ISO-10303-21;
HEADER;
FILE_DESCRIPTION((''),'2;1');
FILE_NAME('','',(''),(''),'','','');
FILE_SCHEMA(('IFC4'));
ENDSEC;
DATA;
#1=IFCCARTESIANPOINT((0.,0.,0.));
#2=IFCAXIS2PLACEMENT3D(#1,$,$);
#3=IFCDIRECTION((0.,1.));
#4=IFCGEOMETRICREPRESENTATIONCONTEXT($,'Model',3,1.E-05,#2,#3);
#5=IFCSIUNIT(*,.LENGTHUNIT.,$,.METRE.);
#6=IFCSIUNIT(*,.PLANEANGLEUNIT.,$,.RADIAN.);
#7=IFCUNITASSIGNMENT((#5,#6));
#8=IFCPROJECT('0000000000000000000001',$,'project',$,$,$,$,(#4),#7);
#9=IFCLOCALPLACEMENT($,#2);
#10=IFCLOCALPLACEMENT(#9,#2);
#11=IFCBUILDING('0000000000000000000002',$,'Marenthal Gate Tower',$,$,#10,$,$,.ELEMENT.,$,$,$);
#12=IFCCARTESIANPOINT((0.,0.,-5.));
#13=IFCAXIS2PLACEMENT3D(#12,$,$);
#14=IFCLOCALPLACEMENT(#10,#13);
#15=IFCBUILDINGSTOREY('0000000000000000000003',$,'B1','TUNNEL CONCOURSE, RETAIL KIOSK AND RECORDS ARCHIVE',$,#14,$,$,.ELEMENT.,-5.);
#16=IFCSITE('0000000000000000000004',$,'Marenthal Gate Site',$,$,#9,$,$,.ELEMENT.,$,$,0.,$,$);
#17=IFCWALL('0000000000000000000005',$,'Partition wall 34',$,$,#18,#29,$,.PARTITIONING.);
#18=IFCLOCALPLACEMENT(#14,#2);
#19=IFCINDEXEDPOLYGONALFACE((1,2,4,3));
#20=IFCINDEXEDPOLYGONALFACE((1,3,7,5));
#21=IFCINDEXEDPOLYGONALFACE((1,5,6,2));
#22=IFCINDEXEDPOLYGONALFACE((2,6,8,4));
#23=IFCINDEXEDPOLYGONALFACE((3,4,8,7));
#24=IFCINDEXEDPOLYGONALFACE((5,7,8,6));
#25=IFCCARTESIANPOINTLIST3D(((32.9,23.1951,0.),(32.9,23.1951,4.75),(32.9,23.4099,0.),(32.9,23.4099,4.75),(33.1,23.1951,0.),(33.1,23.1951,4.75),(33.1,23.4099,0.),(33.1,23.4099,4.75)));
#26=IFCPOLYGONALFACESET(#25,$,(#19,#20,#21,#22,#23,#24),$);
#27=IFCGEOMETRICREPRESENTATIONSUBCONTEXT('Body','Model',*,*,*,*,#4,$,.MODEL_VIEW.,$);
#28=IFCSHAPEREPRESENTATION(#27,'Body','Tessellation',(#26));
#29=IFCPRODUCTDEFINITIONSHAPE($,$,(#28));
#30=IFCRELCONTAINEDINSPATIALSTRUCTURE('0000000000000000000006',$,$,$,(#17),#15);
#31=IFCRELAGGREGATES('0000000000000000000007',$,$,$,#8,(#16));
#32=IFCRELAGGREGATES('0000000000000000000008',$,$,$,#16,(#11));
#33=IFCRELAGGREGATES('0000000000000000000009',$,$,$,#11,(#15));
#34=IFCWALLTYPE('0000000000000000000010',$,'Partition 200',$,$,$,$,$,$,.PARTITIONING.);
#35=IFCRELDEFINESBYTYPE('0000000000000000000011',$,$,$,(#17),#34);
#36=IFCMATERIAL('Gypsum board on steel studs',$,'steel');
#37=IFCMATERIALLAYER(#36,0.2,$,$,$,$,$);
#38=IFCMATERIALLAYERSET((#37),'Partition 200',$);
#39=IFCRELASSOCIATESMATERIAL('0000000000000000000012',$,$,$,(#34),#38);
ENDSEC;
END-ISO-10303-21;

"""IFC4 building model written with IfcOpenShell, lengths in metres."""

from ifc_helpers import new_model, si_unit, direction, frame, frame_2d, origin, place, context, subcontext, project, spatial, rectangle, extrude, material, layer, layer_set, type_object, element, save


model = new_model("IFC4")

# Units and contexts
model_context = context("Model", 3, precision=1e-05, world=origin(), true_north=direction((0.0, 1.0)))
body_context = subcontext(model_context, "Body", "Model", "MODEL_VIEW")
ifc_project = project(units=[si_unit("LENGTHUNIT", "METRE"), si_unit("PLANEANGLEUNIT", "RADIAN")], contexts=[model_context])

# Site, building, storey
site_placement = place(None, origin())
site = spatial("IfcSite", under=ifc_project, at=site_placement, Name="Marenthal Gate Site", CompositionType="ELEMENT", RefElevation=0.0)
building_placement = place(site_placement, origin())
building = spatial("IfcBuilding", under=site, at=building_placement, Name="Marenthal Gate Tower", CompositionType="ELEMENT")
storey_placement = place(building_placement, frame((0.0, 0.0, -5.0)))
storey = spatial("IfcBuildingStorey", under=building, at=storey_placement, Name="B1", Description="TUNNEL CONCOURSE, RETAIL KIOSK AND RECORDS ARCHIVE", CompositionType="ELEMENT", Elevation=-5.0)

# Wall
ifc_material_1 = material(Name="Gypsum board on steel studs", Category="steel")
ifc_layer_1 = layer(ifc_material_1, 0.2)
ifc_layer_set_1 = layer_set([ifc_layer_1], Name="Partition 200")
wall_type_1 = type_object("IfcWallType", Name="Partition 200", PredefinedType="PARTITIONING", material=ifc_layer_set_1)
wall_1_placement = place(storey_placement, frame((33.0, 23.1951, 0.0), z_axis=(0.0, 0.0, 1.0), x_axis=(0.0, 1.0, 0.0)))
element("IfcWall", 1, at=wall_1_placement, inside=storey, type_object=wall_type_1, Name="Partition wall 34", PredefinedType="PARTITIONING", context=body_context, shape_type="SweptSolid", body=[
    extrude(rectangle(XDim=0.2148, YDim=0.2, at=frame_2d((0.1074, 0.0))), origin(), (0.0, 0.0, 1.0), 4.75),
])

save(model, "model.ifc")
